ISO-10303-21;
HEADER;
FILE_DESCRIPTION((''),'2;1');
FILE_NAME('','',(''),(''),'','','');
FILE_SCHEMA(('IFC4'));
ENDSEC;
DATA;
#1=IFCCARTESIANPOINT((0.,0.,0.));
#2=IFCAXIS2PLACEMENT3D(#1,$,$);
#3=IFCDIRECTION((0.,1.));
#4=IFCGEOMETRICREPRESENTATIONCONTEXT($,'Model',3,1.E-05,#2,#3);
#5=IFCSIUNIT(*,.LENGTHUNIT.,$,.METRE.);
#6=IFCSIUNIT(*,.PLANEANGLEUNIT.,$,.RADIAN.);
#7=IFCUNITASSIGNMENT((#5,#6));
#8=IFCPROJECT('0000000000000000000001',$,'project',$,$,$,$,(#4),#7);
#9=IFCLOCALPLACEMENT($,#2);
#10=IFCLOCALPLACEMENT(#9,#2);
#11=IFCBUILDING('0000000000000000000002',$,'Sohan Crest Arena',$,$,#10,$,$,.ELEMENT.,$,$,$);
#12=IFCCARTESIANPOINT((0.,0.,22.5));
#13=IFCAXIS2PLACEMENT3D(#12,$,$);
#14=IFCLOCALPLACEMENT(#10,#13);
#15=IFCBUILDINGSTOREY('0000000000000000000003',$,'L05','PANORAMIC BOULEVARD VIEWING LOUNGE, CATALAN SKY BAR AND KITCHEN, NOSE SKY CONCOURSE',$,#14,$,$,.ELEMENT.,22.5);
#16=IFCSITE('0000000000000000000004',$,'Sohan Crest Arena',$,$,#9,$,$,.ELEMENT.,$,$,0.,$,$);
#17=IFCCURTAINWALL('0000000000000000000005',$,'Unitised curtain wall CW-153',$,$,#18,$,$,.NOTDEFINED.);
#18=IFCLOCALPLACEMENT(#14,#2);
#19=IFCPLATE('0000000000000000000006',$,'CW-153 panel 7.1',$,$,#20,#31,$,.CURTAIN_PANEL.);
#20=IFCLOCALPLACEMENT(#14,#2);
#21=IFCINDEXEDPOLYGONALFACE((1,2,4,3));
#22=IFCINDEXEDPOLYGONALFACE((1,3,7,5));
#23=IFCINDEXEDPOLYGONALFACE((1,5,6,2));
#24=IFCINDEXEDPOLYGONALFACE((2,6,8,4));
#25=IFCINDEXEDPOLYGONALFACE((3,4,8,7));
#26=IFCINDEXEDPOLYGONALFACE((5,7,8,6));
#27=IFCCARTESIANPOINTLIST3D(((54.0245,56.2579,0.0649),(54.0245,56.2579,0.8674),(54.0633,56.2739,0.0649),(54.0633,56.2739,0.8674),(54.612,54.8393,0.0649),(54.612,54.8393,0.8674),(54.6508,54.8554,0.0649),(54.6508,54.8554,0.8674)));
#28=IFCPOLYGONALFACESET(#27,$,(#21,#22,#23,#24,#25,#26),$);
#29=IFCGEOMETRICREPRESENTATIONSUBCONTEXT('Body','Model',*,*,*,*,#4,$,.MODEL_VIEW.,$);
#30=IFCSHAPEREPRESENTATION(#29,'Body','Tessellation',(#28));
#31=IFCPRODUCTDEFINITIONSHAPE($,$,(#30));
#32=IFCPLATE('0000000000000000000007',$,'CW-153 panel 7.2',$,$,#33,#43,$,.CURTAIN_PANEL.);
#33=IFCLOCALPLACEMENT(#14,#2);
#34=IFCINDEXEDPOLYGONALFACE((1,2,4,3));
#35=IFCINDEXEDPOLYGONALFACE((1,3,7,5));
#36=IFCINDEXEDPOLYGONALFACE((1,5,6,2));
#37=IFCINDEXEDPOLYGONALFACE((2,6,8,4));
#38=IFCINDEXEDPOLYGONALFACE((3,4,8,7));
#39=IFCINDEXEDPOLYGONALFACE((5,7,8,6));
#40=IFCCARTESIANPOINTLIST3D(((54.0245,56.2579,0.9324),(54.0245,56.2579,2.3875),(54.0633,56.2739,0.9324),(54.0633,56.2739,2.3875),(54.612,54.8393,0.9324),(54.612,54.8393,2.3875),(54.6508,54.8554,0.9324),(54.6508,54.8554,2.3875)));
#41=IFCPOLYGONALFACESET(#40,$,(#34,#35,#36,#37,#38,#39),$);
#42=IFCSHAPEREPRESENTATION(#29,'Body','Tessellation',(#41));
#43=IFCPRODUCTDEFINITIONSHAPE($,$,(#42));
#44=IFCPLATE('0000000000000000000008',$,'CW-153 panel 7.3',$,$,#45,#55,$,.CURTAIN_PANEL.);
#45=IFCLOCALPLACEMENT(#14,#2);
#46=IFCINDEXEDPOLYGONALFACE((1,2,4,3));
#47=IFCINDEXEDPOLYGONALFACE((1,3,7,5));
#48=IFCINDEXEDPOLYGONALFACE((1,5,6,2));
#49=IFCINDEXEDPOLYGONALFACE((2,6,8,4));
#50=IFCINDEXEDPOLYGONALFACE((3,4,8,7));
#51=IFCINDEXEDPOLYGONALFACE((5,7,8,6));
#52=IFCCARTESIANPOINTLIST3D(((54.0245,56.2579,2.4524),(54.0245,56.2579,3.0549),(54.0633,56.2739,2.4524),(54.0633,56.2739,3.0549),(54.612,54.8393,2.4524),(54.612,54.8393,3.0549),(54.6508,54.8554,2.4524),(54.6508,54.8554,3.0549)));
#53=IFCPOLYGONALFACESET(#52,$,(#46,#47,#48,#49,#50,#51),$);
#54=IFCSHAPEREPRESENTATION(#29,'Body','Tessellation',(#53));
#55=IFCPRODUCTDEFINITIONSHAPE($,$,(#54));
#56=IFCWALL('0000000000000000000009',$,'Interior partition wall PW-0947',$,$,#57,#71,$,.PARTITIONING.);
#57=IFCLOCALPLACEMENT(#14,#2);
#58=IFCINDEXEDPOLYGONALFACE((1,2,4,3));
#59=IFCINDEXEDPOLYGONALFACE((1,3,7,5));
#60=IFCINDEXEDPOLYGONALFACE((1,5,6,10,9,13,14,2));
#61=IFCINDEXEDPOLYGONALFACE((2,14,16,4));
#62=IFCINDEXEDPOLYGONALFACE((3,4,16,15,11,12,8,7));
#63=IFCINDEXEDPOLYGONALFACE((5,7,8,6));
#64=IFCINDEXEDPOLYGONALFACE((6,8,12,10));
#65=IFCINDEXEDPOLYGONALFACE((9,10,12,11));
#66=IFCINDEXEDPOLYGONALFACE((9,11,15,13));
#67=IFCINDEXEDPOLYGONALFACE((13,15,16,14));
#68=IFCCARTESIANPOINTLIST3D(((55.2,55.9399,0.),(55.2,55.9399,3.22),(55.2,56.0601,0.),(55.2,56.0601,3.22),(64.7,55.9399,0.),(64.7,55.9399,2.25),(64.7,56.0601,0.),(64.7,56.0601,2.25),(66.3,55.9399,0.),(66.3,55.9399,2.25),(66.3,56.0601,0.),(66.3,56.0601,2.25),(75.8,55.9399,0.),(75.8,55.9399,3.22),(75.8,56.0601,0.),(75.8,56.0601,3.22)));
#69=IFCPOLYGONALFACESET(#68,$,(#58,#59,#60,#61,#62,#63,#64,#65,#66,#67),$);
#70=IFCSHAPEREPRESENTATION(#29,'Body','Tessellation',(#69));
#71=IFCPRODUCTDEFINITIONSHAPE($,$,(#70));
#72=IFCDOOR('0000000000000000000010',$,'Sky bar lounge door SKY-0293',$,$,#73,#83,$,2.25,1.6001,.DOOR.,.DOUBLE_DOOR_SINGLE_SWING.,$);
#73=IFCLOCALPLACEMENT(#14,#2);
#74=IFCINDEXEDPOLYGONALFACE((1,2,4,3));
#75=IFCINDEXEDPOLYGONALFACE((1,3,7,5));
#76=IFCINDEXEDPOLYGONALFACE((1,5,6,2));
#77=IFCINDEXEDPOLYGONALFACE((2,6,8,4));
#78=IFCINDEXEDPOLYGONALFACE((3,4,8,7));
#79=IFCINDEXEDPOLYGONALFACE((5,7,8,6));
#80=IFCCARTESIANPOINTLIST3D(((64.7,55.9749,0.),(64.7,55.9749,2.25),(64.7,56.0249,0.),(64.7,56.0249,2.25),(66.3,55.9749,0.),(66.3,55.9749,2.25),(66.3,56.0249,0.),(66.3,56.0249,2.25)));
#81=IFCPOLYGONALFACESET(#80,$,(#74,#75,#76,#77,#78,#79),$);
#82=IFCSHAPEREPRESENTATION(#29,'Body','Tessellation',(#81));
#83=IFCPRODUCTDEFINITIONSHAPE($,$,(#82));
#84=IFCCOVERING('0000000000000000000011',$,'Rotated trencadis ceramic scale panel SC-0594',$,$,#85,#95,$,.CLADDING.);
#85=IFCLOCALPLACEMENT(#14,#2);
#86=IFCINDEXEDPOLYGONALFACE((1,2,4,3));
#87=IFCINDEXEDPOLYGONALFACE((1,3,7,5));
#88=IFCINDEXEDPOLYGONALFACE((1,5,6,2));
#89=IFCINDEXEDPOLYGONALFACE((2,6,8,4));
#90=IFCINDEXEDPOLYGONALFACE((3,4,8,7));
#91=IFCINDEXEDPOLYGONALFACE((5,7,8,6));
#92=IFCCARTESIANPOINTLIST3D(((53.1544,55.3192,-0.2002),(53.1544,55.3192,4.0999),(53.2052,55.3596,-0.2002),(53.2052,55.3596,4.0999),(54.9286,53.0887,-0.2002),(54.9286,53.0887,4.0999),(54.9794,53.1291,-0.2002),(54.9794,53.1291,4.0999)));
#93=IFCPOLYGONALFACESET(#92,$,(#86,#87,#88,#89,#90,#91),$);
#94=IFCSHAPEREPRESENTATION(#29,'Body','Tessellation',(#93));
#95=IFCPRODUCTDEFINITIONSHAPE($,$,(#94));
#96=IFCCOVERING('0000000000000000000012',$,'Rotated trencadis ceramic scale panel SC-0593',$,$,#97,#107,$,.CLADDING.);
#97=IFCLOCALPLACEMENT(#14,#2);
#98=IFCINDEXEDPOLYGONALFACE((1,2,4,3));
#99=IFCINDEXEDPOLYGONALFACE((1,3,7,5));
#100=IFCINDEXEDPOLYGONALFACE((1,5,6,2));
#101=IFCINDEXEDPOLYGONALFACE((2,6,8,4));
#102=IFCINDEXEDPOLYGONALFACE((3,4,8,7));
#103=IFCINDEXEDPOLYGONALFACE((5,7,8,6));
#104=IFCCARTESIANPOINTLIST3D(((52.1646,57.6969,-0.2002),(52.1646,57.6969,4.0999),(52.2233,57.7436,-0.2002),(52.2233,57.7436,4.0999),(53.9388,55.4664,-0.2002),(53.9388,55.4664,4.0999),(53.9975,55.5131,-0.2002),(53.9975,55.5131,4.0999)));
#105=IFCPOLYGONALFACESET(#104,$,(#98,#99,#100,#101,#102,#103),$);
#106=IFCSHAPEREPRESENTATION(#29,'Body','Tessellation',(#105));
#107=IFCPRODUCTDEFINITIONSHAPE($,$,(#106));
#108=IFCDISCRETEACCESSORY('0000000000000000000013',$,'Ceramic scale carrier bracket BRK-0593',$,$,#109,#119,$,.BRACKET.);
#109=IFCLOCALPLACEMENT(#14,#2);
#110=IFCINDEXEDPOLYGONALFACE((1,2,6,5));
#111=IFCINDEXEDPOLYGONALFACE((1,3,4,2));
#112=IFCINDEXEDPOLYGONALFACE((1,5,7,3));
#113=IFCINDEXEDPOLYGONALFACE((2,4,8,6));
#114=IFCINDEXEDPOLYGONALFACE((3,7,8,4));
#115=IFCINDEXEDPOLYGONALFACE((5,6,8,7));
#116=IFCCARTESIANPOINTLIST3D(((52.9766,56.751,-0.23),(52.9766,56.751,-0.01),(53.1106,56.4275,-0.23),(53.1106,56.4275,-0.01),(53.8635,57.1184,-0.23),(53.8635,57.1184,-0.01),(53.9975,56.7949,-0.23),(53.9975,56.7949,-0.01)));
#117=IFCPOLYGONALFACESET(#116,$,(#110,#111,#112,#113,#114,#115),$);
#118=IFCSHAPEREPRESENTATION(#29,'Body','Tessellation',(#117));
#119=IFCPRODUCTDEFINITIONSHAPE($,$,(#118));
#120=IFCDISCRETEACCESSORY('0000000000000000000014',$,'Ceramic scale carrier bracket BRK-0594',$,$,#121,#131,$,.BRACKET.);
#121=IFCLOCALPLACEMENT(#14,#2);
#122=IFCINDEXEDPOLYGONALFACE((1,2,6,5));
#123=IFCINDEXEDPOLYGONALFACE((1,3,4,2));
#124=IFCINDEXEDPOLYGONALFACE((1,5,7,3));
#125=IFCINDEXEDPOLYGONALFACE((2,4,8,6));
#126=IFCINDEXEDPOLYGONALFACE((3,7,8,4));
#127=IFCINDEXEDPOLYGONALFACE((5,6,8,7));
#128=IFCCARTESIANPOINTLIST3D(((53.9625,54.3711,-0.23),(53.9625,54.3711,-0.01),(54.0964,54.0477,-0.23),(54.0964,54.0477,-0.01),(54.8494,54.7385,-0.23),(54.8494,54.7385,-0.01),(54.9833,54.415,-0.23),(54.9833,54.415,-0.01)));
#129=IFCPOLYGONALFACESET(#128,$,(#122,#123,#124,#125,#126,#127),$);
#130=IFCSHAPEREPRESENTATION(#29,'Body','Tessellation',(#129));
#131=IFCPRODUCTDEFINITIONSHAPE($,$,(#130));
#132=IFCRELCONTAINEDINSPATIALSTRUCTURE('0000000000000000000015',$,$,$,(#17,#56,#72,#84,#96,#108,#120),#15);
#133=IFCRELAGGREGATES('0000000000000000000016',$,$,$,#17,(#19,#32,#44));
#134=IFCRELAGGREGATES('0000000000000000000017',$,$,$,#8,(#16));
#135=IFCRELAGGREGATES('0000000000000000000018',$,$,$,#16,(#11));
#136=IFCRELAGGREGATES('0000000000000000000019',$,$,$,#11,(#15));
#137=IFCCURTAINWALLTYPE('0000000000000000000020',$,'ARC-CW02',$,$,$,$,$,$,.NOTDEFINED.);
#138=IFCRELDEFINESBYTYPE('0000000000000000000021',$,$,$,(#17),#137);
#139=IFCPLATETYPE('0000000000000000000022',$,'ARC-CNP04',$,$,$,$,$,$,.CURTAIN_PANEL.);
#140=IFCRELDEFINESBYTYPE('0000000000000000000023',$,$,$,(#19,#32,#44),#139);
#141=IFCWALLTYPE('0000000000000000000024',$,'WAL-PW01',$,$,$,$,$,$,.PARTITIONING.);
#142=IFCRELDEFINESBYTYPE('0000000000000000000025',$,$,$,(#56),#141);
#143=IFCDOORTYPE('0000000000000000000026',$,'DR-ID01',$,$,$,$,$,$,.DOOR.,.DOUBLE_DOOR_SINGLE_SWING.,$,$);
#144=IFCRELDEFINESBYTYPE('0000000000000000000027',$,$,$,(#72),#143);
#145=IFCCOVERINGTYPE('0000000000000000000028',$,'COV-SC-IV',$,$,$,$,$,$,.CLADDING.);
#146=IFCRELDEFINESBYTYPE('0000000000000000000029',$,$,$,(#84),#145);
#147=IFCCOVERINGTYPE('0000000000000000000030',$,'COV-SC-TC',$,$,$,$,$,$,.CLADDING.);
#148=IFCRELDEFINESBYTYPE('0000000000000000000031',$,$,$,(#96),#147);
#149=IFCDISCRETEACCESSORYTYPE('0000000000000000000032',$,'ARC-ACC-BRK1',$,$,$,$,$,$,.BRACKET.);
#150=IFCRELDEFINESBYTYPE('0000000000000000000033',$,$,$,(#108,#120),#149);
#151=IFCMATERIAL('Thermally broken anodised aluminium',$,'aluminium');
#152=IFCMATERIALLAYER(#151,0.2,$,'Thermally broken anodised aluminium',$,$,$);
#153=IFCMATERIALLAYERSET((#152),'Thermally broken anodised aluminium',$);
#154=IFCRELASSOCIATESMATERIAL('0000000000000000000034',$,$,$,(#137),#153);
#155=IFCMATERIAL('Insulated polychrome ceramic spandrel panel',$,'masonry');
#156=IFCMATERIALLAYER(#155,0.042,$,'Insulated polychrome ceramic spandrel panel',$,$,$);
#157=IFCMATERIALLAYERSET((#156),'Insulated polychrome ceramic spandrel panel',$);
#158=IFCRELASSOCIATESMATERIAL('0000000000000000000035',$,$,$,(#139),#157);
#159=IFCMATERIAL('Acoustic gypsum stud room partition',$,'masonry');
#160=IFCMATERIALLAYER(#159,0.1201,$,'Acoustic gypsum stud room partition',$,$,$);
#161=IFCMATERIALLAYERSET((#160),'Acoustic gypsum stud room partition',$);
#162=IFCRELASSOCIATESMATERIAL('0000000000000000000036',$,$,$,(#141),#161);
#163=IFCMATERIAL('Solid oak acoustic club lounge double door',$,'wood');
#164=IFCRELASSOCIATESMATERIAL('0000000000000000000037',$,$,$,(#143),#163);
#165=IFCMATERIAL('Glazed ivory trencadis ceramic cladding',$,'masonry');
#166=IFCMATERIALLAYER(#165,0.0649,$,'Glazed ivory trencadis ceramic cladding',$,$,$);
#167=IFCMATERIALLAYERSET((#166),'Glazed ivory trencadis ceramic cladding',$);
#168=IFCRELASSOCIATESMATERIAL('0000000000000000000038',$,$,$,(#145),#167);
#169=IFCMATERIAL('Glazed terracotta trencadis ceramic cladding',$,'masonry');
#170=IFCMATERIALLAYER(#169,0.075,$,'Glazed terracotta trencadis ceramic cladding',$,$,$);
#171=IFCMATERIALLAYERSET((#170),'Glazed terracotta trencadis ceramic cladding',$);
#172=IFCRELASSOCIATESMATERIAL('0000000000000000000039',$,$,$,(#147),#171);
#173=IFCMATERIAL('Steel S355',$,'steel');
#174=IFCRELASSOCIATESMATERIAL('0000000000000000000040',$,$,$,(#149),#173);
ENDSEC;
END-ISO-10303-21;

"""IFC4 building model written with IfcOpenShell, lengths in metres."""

from ifc_helpers import new_model, si_unit, direction, frame, frame_2d, origin, origin_2d, place, context, subcontext, project, spatial, rectangle, extrude, material, layer, layer_set, type_object, element, fill, aggregate, save


model = new_model("IFC4")

# Units and contexts
model_context = context("Model", 3, precision=1e-05, world=origin(), true_north=direction((0.0, 1.0)))
body_context = subcontext(model_context, "Body", "Model", "MODEL_VIEW")
ifc_project = project(units=[si_unit("LENGTHUNIT", "METRE"), si_unit("PLANEANGLEUNIT", "RADIAN")], contexts=[model_context])

# Site, building, storey
site_placement = place(None, origin())
site = spatial("IfcSite", under=ifc_project, at=site_placement, Name="Sohan Crest Arena", CompositionType="ELEMENT", RefElevation=0.0)
building_placement = place(site_placement, origin())
building = spatial("IfcBuilding", under=site, at=building_placement, Name="Sohan Crest Arena", CompositionType="ELEMENT")
storey_placement = place(building_placement, frame((0.0, 0.0, 22.5)))
storey = spatial("IfcBuildingStorey", under=building, at=storey_placement, Name="L05", Description="PANORAMIC BOULEVARD VIEWING LOUNGE, CATALAN SKY BAR AND KITCHEN, NOSE SKY CONCOURSE", CompositionType="ELEMENT", Elevation=22.5)

# Curtain wall, plates
ifc_material_1 = material(Name="Thermally broken anodised aluminium", Category="aluminium")
ifc_layer_1 = layer(ifc_material_1, 0.2, Name="Thermally broken anodised aluminium")
ifc_layer_set_1 = layer_set([ifc_layer_1], Name="Thermally broken anodised aluminium")
curtain_wall_type = type_object("IfcCurtainWallType", Name="ARC-CW02", PredefinedType="NOTDEFINED", material=ifc_layer_set_1)
curtain_wall_placement = place(storey_placement, origin())
curtain_wall = element("IfcCurtainWall", 1, at=curtain_wall_placement, inside=storey, type_object=curtain_wall_type, Name="Unitised curtain wall CW-153", PredefinedType="NOTDEFINED")
ifc_material_2 = material(Name="Insulated polychrome ceramic spandrel panel", Category="masonry")
ifc_layer_2 = layer(ifc_material_2, 0.042, Name="Insulated polychrome ceramic spandrel panel")
ifc_layer_set_2 = layer_set([ifc_layer_2], Name="Insulated polychrome ceramic spandrel panel")
plate_type = type_object("IfcPlateType", Name="ARC-CNP04", PredefinedType="CURTAIN_PANEL", material=ifc_layer_set_2)
plate_1_placement = place(storey_placement, frame((54.3376, 55.5566, 0.0649), z_axis=(0.0, 0.0, 1.0), x_axis=(0.382685, -0.923879, 0.0)))
plate_1 = element("IfcPlate", 2, at=plate_1_placement, type_object=plate_type, Name="CW-153 panel 7.1", PredefinedType="CURTAIN_PANEL", context=body_context, shape_type="SweptSolid", body=[
    extrude(rectangle(XDim=1.5354, YDim=0.042, at=origin_2d()), origin(), (0.0, 0.0, 1.0), 0.8025),
])
plate_2_placement = place(storey_placement, frame((54.3376, 55.5566, 0.9324), z_axis=(0.0, 0.0, 1.0), x_axis=(0.382685, -0.923879, 0.0)))
plate_2 = element("IfcPlate", 3, at=plate_2_placement, type_object=plate_type, Name="CW-153 panel 7.2", PredefinedType="CURTAIN_PANEL", context=body_context, shape_type="SweptSolid", body=[
    extrude(rectangle(XDim=1.5354, YDim=0.042, at=origin_2d()), origin(), (0.0, 0.0, 1.0), 1.4551),
])
plate_3_placement = place(storey_placement, frame((54.3376, 55.5566, 2.4524), z_axis=(0.0, 0.0, 1.0), x_axis=(0.382685, -0.923879, 0.0)))
plate_3 = element("IfcPlate", 4, at=plate_3_placement, type_object=plate_type, Name="CW-153 panel 7.3", PredefinedType="CURTAIN_PANEL", context=body_context, shape_type="SweptSolid", body=[
    extrude(rectangle(XDim=1.5354, YDim=0.042, at=origin_2d()), origin(), (0.0, 0.0, 1.0), 0.6025),
])
aggregate(curtain_wall, [plate_1, plate_2, plate_3])

# Wall, opening, door
ifc_material_3 = material(Name="Acoustic gypsum stud room partition", Category="masonry")
ifc_layer_3 = layer(ifc_material_3, 0.1201, Name="Acoustic gypsum stud room partition")
ifc_layer_set_3 = layer_set([ifc_layer_3], Name="Acoustic gypsum stud room partition")
wall_type = type_object("IfcWallType", Name="WAL-PW01", PredefinedType="PARTITIONING", material=ifc_layer_set_3)
wall_placement = place(storey_placement, frame((55.2, 56.0, 0.0), z_axis=(0.0, 0.0, 1.0), x_axis=(1.0, 0.0, 0.0)))
wall = element("IfcWall", 5, at=wall_placement, inside=storey, type_object=wall_type, Name="Interior partition wall PW-0947", PredefinedType="PARTITIONING", context=body_context, shape_type="SweptSolid", body=[
    extrude(rectangle(XDim=20.6001, YDim=0.1201, at=frame_2d((10.3, 0.0))), origin(), (0.0, 0.0, 1.0), 3.22),
])
opening_placement = place(wall_placement, frame((9.5, 0.0, 0.0)))
opening = element("IfcOpeningElement", 6, at=opening_placement, cuts=wall, PredefinedType="OPENING", context=body_context, shape_type="SweptSolid", body=[
    extrude(rectangle(XDim=1.6001, YDim=2.25, at=frame_2d((0.8, 1.125))), frame((0.0, 0.0701, 0.0), z_axis=(0.0, -1.0, 0.0), x_axis=(1.0, 0.0, 0.0)), (0.0, 0.0, 1.0), 0.1401),
])
ifc_material_4 = material(Name="Solid oak acoustic club lounge double door", Category="wood")
door_type = type_object("IfcDoorType", Name="DR-ID01", OperationType="DOUBLE_DOOR_SINGLE_SWING", PredefinedType="DOOR", material=ifc_material_4)
door_placement = place(opening_placement, origin())
door = element("IfcDoor", 7, at=door_placement, inside=storey, type_object=door_type, Name="Sky bar lounge door SKY-0293", OperationType="DOUBLE_DOOR_SINGLE_SWING", OverallHeight=2.25, OverallWidth=1.6001, PredefinedType="DOOR", context=body_context, shape_type="SweptSolid", body=[
    extrude(rectangle(XDim=1.6001, YDim=2.25, at=frame_2d((0.8, 1.125))), frame((0.0, 0.0249, 0.0), z_axis=(0.0, -1.0, 0.0), x_axis=(1.0, 0.0, 0.0)), (0.0, 0.0, 1.0), 0.05),
])
fill(opening, door)

# Coverings
ifc_material_5 = material(Name="Glazed ivory trencadis ceramic cladding", Category="masonry")
ifc_layer_4 = layer(ifc_material_5, 0.0649, Name="Glazed ivory trencadis ceramic cladding")
ifc_layer_set_4 = layer_set([ifc_layer_4], Name="Glazed ivory trencadis ceramic cladding")
covering_type_1 = type_object("IfcCoveringType", Name="COV-SC-IV", PredefinedType="CLADDING", material=ifc_layer_set_4)
covering_1_placement = place(storey_placement, frame((54.0669, 54.2241, -0.2002), z_axis=(0.0, 0.0, 1.0), x_axis=(0.622515, -0.782608, 0.0)))
element("IfcCovering", 8, at=covering_1_placement, inside=storey, type_object=covering_type_1, Name="Rotated trencadis ceramic scale panel SC-0594", PredefinedType="CLADDING", context=body_context, shape_type="SweptSolid", body=[
    extrude(rectangle(XDim=2.8501, YDim=0.0649, at=origin_2d()), origin(), (0.0, 0.0, 1.0), 4.3),
])
ifc_material_6 = material(Name="Glazed terracotta trencadis ceramic cladding", Category="masonry")
ifc_layer_5 = layer(ifc_material_6, 0.075, Name="Glazed terracotta trencadis ceramic cladding")
ifc_layer_set_5 = layer_set([ifc_layer_5], Name="Glazed terracotta trencadis ceramic cladding")
covering_type_2 = type_object("IfcCoveringType", Name="COV-SC-TC", PredefinedType="CLADDING", material=ifc_layer_set_5)
covering_2_placement = place(storey_placement, frame((53.0811, 56.605, -0.2002), z_axis=(0.0, 0.0, 1.0), x_axis=(0.622515, -0.782608, 0.0)))
element("IfcCovering", 9, at=covering_2_placement, inside=storey, type_object=covering_type_2, Name="Rotated trencadis ceramic scale panel SC-0593", PredefinedType="CLADDING", context=body_context, shape_type="SweptSolid", body=[
    extrude(rectangle(XDim=2.8501, YDim=0.075, at=origin_2d()), origin(), (0.0, 0.0, 1.0), 4.3),
])

# Discrete accessories
ifc_material_7 = material(Name="Steel S355", Category="steel")
discrete_accessory_type = type_object("IfcDiscreteAccessoryType", Name="ARC-ACC-BRK1", PredefinedType="BRACKET", material=ifc_material_7)
for number, where, z_axis, x_axis, name in (
    (10, (53.4871, 56.7729, -0.23), (0.0, 0.0, 1.0), (0.382683, -0.92388, 0.0), "Ceramic scale carrier bracket BRK-0593"),
    (11, (54.4729, 54.3931, -0.23), (0.0, 0.0, 1.0), (0.382683, -0.92388, 0.0), "Ceramic scale carrier bracket BRK-0594"),
):
    element("IfcDiscreteAccessory", number, at=place(storey_placement, frame(where, z_axis=z_axis, x_axis=x_axis)), inside=storey, type_object=discrete_accessory_type, Name=name, PredefinedType="BRACKET", context=body_context, shape_type="SweptSolid", body=[
        extrude(rectangle(XDim=0.3501, YDim=0.96, at=origin_2d()), origin(), (0.0, 0.0, 1.0), 0.22),
    ])

save(model, "model.ifc")
